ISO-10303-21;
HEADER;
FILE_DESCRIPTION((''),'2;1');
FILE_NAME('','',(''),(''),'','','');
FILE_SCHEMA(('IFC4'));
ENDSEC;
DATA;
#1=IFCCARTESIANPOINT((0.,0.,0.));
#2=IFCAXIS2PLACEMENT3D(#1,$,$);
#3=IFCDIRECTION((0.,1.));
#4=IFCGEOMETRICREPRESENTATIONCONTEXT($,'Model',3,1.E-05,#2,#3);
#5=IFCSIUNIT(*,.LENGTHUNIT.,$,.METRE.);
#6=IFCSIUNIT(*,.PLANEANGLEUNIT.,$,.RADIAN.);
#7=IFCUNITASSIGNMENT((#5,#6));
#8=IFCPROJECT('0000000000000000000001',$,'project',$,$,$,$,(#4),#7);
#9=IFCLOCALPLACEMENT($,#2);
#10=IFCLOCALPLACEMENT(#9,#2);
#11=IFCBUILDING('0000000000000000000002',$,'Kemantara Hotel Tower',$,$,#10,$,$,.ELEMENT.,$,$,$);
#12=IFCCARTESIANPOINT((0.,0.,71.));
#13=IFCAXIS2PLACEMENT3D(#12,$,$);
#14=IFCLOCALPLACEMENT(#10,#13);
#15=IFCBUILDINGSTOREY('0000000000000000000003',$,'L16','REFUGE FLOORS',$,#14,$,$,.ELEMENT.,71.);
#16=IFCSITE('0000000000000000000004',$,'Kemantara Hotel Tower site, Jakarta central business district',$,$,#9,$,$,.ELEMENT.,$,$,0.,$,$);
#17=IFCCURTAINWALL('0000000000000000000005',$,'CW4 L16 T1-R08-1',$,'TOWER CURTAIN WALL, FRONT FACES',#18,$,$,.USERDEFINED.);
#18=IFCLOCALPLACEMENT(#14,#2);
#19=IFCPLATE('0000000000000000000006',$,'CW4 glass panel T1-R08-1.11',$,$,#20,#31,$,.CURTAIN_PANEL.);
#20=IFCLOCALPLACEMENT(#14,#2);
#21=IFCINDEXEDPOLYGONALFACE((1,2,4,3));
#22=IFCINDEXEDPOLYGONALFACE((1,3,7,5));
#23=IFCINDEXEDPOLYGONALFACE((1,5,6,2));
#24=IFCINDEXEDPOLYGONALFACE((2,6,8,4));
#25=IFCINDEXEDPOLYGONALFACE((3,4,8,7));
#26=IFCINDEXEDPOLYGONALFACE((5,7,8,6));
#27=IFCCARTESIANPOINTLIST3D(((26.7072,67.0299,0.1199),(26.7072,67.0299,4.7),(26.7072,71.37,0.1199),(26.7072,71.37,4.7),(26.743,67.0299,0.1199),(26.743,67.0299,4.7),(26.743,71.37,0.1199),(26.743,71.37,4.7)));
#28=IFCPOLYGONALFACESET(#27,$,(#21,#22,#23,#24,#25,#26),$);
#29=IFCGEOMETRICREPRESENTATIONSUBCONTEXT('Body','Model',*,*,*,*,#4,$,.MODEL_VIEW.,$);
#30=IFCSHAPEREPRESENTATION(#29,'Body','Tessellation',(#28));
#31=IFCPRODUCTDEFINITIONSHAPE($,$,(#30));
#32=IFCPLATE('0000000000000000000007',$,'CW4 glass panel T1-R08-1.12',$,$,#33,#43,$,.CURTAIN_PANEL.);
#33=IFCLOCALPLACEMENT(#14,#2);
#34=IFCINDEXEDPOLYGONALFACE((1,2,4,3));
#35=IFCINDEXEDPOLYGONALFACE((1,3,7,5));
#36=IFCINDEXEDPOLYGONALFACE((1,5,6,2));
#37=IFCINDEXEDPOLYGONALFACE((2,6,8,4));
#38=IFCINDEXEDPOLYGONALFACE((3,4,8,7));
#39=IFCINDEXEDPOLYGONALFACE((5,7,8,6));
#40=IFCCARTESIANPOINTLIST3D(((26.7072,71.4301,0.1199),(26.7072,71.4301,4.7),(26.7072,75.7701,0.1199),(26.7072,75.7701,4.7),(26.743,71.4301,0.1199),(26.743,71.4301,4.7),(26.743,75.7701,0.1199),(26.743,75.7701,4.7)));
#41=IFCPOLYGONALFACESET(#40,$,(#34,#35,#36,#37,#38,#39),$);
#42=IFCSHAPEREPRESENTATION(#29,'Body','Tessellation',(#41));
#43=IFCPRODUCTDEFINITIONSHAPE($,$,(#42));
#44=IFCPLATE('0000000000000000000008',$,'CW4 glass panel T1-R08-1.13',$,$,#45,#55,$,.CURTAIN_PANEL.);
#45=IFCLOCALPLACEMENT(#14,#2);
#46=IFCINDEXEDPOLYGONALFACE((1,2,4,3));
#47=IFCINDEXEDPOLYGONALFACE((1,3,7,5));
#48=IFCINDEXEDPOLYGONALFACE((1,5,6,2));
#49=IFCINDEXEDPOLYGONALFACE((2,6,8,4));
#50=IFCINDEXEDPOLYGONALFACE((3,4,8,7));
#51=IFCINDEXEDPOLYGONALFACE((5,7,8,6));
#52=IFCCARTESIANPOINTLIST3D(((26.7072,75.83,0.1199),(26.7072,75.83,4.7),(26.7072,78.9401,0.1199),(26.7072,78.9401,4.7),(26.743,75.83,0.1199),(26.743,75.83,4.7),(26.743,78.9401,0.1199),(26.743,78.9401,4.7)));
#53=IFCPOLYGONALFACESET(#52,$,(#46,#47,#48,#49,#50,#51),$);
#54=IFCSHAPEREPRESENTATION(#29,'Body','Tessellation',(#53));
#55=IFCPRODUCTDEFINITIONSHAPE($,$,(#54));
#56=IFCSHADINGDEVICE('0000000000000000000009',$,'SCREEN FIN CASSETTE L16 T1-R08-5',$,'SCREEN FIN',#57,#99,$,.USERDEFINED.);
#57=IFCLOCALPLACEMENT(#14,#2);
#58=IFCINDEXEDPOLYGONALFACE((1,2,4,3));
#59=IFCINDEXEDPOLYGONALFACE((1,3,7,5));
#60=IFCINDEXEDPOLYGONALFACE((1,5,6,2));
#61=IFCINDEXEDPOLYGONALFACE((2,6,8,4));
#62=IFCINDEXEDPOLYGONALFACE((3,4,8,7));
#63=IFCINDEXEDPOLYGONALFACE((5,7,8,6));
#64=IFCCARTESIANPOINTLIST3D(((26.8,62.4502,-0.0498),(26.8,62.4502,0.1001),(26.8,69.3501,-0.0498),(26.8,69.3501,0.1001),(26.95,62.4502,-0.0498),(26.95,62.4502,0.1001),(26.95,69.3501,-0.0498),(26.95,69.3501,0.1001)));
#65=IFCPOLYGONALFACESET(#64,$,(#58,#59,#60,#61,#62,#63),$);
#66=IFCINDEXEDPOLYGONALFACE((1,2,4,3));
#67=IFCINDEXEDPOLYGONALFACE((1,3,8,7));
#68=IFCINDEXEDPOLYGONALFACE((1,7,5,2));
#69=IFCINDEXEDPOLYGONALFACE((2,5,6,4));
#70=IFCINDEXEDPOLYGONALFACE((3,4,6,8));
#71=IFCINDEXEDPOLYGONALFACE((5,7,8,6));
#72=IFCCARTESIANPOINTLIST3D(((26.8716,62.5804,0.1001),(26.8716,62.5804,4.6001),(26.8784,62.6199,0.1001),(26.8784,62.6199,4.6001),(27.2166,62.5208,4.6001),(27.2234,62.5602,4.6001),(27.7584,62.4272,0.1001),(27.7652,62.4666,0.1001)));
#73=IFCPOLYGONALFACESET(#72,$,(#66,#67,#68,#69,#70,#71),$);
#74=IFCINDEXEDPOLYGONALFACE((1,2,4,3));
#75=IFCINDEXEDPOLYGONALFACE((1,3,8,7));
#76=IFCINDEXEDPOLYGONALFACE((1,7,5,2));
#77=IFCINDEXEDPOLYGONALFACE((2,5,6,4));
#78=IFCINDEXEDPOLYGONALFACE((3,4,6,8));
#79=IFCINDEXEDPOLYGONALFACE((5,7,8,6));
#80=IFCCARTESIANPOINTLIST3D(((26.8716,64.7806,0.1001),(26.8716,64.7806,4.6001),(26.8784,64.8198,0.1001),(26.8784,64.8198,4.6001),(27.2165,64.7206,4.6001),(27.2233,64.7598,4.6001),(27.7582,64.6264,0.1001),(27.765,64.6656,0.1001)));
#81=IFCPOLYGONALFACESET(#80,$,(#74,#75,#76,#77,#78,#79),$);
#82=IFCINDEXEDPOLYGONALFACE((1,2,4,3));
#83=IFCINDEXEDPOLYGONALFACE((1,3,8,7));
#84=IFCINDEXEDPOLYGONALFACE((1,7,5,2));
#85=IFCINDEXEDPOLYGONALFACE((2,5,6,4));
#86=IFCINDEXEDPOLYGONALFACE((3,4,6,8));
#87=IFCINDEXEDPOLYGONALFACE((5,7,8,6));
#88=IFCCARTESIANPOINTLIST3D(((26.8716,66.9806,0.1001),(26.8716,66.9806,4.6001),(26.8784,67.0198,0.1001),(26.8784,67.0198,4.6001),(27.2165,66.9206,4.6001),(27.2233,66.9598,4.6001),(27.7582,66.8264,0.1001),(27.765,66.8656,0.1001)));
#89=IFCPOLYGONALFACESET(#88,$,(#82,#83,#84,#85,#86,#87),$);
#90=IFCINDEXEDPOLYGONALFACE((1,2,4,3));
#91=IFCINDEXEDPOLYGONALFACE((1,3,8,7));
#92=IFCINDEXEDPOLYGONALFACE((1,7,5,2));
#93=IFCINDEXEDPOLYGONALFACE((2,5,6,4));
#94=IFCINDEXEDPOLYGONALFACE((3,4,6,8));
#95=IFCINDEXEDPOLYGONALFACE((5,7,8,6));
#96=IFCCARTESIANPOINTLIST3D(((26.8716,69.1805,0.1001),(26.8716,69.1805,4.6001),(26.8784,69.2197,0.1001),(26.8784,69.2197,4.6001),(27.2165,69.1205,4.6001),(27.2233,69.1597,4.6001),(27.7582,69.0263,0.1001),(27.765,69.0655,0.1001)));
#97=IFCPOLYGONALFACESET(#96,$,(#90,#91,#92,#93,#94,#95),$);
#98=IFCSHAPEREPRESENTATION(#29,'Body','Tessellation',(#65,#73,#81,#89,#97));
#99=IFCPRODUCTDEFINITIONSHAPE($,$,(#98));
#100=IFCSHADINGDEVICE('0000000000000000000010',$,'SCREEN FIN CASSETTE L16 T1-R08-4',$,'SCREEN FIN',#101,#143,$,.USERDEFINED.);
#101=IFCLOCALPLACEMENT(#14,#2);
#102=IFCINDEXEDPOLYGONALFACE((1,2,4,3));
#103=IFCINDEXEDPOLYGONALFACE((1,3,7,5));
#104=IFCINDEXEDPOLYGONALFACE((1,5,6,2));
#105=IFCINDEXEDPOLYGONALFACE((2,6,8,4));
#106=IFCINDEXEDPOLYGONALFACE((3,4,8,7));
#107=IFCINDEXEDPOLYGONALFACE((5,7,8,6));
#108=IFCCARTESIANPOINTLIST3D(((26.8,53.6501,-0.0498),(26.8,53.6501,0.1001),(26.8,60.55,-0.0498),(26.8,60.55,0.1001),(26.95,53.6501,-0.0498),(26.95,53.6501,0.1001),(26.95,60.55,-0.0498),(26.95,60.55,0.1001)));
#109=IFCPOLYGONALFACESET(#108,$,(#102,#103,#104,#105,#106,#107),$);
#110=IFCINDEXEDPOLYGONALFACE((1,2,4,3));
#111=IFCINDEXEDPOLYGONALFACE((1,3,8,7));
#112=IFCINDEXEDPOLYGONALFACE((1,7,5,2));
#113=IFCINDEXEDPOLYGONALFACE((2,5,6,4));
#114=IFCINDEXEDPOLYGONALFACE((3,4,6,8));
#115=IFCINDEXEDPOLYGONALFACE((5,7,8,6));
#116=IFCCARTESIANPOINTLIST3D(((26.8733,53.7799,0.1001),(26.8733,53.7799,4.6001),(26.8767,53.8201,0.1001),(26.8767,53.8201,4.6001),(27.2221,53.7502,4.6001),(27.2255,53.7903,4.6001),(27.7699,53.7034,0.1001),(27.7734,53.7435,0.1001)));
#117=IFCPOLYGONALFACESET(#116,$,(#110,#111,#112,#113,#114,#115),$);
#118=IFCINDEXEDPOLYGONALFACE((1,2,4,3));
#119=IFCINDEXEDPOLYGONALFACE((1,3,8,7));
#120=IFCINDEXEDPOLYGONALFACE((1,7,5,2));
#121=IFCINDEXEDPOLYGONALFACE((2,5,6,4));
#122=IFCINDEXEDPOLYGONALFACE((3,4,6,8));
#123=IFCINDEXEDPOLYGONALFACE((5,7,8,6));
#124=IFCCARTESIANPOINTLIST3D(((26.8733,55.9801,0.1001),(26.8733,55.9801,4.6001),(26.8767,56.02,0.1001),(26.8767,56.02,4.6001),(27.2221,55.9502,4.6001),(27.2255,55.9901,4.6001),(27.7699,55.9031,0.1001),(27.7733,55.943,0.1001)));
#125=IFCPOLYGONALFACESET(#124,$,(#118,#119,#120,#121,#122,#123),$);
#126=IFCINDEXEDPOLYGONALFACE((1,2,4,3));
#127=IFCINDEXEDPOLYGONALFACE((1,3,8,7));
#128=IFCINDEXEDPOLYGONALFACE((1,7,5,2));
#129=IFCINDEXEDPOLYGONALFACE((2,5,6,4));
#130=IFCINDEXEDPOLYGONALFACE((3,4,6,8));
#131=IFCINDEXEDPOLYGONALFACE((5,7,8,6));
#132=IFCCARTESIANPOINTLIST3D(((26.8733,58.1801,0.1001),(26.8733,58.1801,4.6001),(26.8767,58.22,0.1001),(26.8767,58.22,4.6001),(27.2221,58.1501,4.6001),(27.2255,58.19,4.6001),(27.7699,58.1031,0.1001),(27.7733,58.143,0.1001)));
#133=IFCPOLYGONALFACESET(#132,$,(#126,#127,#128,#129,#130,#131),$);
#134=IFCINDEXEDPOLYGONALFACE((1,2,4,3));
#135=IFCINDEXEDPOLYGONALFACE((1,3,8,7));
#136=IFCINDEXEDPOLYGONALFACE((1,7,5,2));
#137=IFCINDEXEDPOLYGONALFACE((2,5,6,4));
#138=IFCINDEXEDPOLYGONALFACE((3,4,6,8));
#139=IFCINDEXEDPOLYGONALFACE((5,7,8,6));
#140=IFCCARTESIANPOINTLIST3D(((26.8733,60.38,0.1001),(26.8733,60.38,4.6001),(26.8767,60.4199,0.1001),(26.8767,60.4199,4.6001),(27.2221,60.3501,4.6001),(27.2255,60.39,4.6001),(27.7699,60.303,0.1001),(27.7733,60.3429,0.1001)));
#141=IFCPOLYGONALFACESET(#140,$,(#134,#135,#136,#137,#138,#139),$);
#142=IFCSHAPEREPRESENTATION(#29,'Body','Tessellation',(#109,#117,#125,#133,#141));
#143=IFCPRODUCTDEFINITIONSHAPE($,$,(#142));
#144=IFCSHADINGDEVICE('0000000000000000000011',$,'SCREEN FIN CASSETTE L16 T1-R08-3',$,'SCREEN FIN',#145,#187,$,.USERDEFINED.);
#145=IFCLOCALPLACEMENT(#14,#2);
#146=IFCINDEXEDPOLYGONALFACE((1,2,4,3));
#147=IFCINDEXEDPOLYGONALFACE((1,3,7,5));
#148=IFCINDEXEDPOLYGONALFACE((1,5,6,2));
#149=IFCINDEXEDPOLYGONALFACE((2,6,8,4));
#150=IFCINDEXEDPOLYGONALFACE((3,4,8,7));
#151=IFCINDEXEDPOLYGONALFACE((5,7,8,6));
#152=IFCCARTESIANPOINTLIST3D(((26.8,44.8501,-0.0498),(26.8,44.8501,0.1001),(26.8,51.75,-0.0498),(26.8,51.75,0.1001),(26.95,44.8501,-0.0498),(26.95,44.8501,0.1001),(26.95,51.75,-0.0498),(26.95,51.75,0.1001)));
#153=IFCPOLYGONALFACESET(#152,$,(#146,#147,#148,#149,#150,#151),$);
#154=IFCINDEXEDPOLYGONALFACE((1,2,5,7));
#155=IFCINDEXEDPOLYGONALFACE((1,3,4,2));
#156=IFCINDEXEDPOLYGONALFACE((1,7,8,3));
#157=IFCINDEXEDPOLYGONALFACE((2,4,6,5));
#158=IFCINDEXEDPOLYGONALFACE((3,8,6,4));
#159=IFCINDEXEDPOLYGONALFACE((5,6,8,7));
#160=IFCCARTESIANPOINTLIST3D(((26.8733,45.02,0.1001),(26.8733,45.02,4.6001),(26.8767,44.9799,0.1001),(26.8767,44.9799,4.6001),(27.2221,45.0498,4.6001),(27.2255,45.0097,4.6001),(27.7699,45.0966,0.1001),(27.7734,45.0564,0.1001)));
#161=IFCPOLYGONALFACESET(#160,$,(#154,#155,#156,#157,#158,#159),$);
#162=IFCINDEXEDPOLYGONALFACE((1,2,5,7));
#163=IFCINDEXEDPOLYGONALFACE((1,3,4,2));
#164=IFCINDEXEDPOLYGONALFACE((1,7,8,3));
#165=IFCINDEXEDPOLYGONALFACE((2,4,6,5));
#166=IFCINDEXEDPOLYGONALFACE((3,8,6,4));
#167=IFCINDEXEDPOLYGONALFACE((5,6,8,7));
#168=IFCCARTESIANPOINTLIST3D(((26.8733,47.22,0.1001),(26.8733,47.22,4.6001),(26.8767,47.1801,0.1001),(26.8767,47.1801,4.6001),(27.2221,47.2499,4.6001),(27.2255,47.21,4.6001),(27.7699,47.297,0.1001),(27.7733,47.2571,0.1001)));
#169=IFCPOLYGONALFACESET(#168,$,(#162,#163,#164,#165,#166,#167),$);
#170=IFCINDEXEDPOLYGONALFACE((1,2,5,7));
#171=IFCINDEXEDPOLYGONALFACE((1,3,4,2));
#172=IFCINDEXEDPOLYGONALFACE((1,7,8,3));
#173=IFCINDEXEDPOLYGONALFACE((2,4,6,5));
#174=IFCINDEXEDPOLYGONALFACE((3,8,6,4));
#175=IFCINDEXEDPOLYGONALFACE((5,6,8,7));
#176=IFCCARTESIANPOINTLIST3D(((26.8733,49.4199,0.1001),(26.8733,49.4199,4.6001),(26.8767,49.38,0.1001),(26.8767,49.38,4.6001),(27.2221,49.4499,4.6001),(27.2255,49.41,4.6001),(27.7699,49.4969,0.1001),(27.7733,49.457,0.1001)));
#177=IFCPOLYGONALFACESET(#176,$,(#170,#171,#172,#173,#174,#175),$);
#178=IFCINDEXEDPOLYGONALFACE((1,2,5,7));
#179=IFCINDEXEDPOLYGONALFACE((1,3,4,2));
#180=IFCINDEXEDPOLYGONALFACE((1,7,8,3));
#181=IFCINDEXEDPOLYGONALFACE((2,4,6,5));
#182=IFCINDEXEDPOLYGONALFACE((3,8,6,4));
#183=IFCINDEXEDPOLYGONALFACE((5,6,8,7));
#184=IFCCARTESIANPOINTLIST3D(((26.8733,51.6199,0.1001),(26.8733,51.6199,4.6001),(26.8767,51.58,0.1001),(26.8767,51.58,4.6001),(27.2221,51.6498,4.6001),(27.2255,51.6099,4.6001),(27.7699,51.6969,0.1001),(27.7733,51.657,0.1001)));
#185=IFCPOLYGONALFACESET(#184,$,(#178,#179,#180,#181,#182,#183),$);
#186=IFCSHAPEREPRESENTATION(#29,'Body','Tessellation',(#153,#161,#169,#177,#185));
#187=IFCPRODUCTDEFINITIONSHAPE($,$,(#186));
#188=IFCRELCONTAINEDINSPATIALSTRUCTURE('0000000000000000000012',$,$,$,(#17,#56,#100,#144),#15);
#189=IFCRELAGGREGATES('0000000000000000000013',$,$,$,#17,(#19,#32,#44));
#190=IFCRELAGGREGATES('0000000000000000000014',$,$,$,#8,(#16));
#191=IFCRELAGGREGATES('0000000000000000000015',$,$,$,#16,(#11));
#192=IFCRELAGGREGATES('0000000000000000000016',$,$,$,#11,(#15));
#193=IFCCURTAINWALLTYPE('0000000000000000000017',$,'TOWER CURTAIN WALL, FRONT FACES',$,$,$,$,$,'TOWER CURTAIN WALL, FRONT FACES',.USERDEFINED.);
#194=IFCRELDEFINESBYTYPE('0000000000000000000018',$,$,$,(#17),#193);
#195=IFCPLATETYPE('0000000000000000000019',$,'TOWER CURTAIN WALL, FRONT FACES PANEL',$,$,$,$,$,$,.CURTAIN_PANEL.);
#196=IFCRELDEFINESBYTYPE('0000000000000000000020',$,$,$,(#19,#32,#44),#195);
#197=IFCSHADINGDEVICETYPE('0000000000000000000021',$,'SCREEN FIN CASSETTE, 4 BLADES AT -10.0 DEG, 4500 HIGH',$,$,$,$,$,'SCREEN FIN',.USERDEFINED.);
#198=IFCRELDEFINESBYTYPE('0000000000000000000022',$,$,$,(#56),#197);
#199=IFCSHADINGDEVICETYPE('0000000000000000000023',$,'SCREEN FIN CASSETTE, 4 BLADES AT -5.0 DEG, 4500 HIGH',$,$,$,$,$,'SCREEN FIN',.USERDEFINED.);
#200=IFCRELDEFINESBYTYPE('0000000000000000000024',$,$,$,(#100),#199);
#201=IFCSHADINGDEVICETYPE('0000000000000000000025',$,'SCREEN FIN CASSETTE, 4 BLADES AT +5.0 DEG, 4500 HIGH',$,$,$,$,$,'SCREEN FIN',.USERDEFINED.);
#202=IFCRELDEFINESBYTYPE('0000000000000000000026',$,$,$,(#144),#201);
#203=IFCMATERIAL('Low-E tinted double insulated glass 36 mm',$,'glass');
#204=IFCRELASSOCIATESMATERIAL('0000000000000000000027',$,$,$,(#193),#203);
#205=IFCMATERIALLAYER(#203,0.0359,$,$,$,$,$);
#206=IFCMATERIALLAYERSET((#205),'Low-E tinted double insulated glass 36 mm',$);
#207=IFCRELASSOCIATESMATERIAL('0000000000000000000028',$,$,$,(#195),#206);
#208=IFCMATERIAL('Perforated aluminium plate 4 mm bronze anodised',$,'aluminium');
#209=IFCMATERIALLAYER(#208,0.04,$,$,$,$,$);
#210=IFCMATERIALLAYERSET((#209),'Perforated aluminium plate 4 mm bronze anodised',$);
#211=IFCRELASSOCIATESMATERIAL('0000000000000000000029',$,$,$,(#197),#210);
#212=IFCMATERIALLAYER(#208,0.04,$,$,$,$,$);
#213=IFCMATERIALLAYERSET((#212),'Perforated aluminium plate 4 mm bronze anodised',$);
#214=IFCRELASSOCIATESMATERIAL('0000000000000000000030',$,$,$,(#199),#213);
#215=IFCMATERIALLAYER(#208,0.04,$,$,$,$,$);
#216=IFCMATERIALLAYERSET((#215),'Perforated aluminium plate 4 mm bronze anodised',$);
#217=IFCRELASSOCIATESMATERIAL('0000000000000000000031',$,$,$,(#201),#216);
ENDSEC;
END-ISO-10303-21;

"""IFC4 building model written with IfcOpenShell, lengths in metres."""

from ifc_helpers import new_model, si_unit, direction, frame, origin, origin_2d, place, context, subcontext, project, spatial, polyline, rectangle, outline, extrude, source, transform, mapped, material, layer, layer_set, type_object, element, aggregate, save


model = new_model("IFC4")

# Units and contexts
model_context = context("Model", 3, precision=1e-05, world=origin(), true_north=direction((0.0, 1.0)))
body_context = subcontext(model_context, "Body", "Model", "MODEL_VIEW")
ifc_project = project(units=[si_unit("LENGTHUNIT", "METRE"), si_unit("PLANEANGLEUNIT", "RADIAN")], contexts=[model_context])

# Site, building, storey
site_placement = place(None, origin())
site = spatial("IfcSite", under=ifc_project, at=site_placement, Name="Kemantara Hotel Tower site, Jakarta central business district", CompositionType="ELEMENT", RefElevation=0.0)
building_placement = place(site_placement, origin())
building = spatial("IfcBuilding", under=site, at=building_placement, Name="Kemantara Hotel Tower", CompositionType="ELEMENT")
storey_placement = place(building_placement, frame((0.0, 0.0, 71.0)))
storey = spatial("IfcBuildingStorey", under=building, at=storey_placement, Name="L16", Description="REFUGE FLOORS", CompositionType="ELEMENT", Elevation=71.0)

# Curtain wall, plates
ifc_material_1 = material(Name="Low-E tinted double insulated glass 36 mm", Category="glass")
curtain_wall_type = type_object("IfcCurtainWallType", Name="TOWER CURTAIN WALL, FRONT FACES", ElementType="TOWER CURTAIN WALL, FRONT FACES", PredefinedType="USERDEFINED", material=ifc_material_1)
curtain_wall_placement = place(storey_placement, origin())
curtain_wall = element("IfcCurtainWall", 1, at=curtain_wall_placement, inside=storey, type_object=curtain_wall_type, Name="CW4 L16 T1-R08-1", ObjectType="TOWER CURTAIN WALL, FRONT FACES", PredefinedType="USERDEFINED")
ifc_layer_1 = layer(ifc_material_1, 0.0359)
ifc_layer_set_1 = layer_set([ifc_layer_1], Name="Low-E tinted double insulated glass 36 mm")
plate_type = type_object("IfcPlateType", Name="TOWER CURTAIN WALL, FRONT FACES PANEL", PredefinedType="CURTAIN_PANEL", material=ifc_layer_set_1)
shared_shape_1 = source(origin(), body_context, "Body", "SweptSolid", [
    extrude(rectangle(XDim=4.3401, YDim=0.0359, at=origin_2d()), origin(), (0.0, 0.0, 1.0), 4.5801),
])
plate_1_placement = place(storey_placement, frame((26.7251, 69.2, 0.1199), z_axis=(0.0, 0.0, 1.0), x_axis=(0.0, 1.0, 0.0)))
plate_1 = element("IfcPlate", 2, at=plate_1_placement, type_object=plate_type, Name="CW4 glass panel T1-R08-1.11", PredefinedType="CURTAIN_PANEL", context=body_context, shape_type="MappedRepresentation", body=[
    mapped(shared_shape_1, transform((0.0, 0.0, 0.0))),
])
plate_2_placement = place(storey_placement, frame((26.7251, 73.6001, 0.1199), z_axis=(0.0, 0.0, 1.0), x_axis=(0.0, 1.0, 0.0)))
plate_2 = element("IfcPlate", 3, at=plate_2_placement, type_object=plate_type, Name="CW4 glass panel T1-R08-1.12", PredefinedType="CURTAIN_PANEL", context=body_context, shape_type="MappedRepresentation", body=[
    mapped(shared_shape_1, transform((0.0, 0.0, 0.0))),
])
shared_shape_2 = source(origin(), body_context, "Body", "SweptSolid", [
    extrude(rectangle(XDim=3.1101, YDim=0.0359, at=origin_2d()), origin(), (0.0, 0.0, 1.0), 4.5801),
])
plate_3_placement = place(storey_placement, frame((26.7251, 77.385, 0.1199), z_axis=(0.0, 0.0, 1.0), x_axis=(0.0, 1.0, 0.0)))
plate_3 = element("IfcPlate", 4, at=plate_3_placement, type_object=plate_type, Name="CW4 glass panel T1-R08-1.13", PredefinedType="CURTAIN_PANEL", context=body_context, shape_type="MappedRepresentation", body=[
    mapped(shared_shape_2, transform((0.0, 0.0, 0.0))),
])
aggregate(curtain_wall, [plate_1, plate_2, plate_3])

# Shading devices
ifc_material_2 = material(Name="Perforated aluminium plate 4 mm bronze anodised", Category="aluminium")
ifc_layer_2 = layer(ifc_material_2, 0.04)
ifc_layer_set_2 = layer_set([ifc_layer_2], Name="Perforated aluminium plate 4 mm bronze anodised")
shading_device_type_1 = type_object("IfcShadingDeviceType", Name="SCREEN FIN CASSETTE, 4 BLADES AT -10.0 DEG, 4500 HIGH", ElementType="SCREEN FIN", PredefinedType="USERDEFINED", material=ifc_layer_set_2)
shared_shape_3 = source(origin(), body_context, "Body", "SweptSolid", [
    extrude(rectangle(XDim=6.8999, YDim=0.1499, at=origin_2d()), frame((3.3, -0.075, -0.1499), z_axis=(0.0, 0.0, 1.0), x_axis=(1.0, 0.0, 0.0)), (0.0, 0.0, 1.0), 0.1499),
    extrude(outline(polyline([(0.0, 0.0), (0.8999, 0.0), (0.3501, 4.5), (0.0, 4.5), (0.0, 0.0)])), frame((0.0198, -0.0784, 0.0), z_axis=(-0.98539, 0.170314, 0.0), x_axis=(-0.170314, -0.98539, 0.0)), (0.0, 0.0, 1.0), 0.04),
    extrude(outline(polyline([(0.0, 0.0), (0.8999, 0.0), (0.3501, 4.5), (0.0, 4.5), (0.0, 0.0)])), frame((2.2197, -0.0784, 0.0), z_axis=(-0.985212, 0.171341, 0.0), x_axis=(-0.171341, -0.985212, 0.0)), (0.0, 0.0, 1.0), 0.0398),
    extrude(outline(polyline([(0.0, 0.0), (0.8999, 0.0), (0.3501, 4.5), (0.0, 4.5), (0.0, 0.0)])), frame((4.4197, -0.0784, 0.0), z_axis=(-0.985212, 0.171341, 0.0), x_axis=(-0.171341, -0.985212, 0.0)), (0.0, 0.0, 1.0), 0.0398),
    extrude(outline(polyline([(0.0, 0.0), (0.8999, 0.0), (0.3501, 4.5), (0.0, 4.5), (0.0, 0.0)])), frame((6.6196, -0.0784, 0.0), z_axis=(-0.985212, 0.171341, 0.0), x_axis=(-0.171341, -0.985212, 0.0)), (0.0, 0.0, 1.0), 0.0398),
])
shading_device_1_placement = place(storey_placement, frame((26.8, 62.6001, 0.1001), z_axis=(0.0, 0.0, 1.0), x_axis=(0.0, 1.0, 0.0)))
element("IfcShadingDevice", 5, at=shading_device_1_placement, inside=storey, type_object=shading_device_type_1, Name="SCREEN FIN CASSETTE L16 T1-R08-5", ObjectType="SCREEN FIN", PredefinedType="USERDEFINED", context=body_context, shape_type="MappedRepresentation", body=[
    mapped(shared_shape_3, transform((0.0, 0.0, 0.0))),
])
ifc_layer_3 = layer(ifc_material_2, 0.04)
ifc_layer_set_3 = layer_set([ifc_layer_3], Name="Perforated aluminium plate 4 mm bronze anodised")
shading_device_type_2 = type_object("IfcShadingDeviceType", Name="SCREEN FIN CASSETTE, 4 BLADES AT -5.0 DEG, 4500 HIGH", ElementType="SCREEN FIN", PredefinedType="USERDEFINED", material=ifc_layer_set_3)
shared_shape_4 = source(origin(), body_context, "Body", "SweptSolid", [
    extrude(rectangle(XDim=6.8999, YDim=0.1499, at=origin_2d()), frame((3.3, -0.075, -0.1499), z_axis=(0.0, 0.0, 1.0), x_axis=(1.0, 0.0, 0.0)), (0.0, 0.0, 1.0), 0.1499),
    extrude(outline(polyline([(0.0, 0.0), (0.8999, 0.0), (0.3501, 4.5), (0.0, 4.5), (0.0, 0.0)])), frame((0.02, -0.0767, 0.0), z_axis=(-0.996376, 0.085056, 0.0), x_axis=(-0.085056, -0.996376, 0.0)), (0.0, 0.0, 1.0), 0.0403),
    extrude(outline(polyline([(0.0, 0.0), (0.8999, 0.0), (0.3501, 4.5), (0.0, 4.5), (0.0, 0.0)])), frame((2.22, -0.0767, 0.0), z_axis=(-0.996332, 0.085575, 0.0), x_axis=(-0.085575, -0.996332, 0.0)), (0.0, 0.0, 1.0), 0.04),
    extrude(outline(polyline([(0.0, 0.0), (0.8999, 0.0), (0.3501, 4.5), (0.0, 4.5), (0.0, 0.0)])), frame((4.4199, -0.0767, 0.0), z_axis=(-0.996332, 0.085575, 0.0), x_axis=(-0.085575, -0.996332, 0.0)), (0.0, 0.0, 1.0), 0.04),
    extrude(outline(polyline([(0.0, 0.0), (0.8999, 0.0), (0.3501, 4.5), (0.0, 4.5), (0.0, 0.0)])), frame((6.6199, -0.0767, 0.0), z_axis=(-0.996332, 0.085575, 0.0), x_axis=(-0.085575, -0.996332, 0.0)), (0.0, 0.0, 1.0), 0.04),
])
shading_device_2_placement = place(storey_placement, frame((26.8, 53.8, 0.1001), z_axis=(0.0, 0.0, 1.0), x_axis=(0.0, 1.0, 0.0)))
element("IfcShadingDevice", 6, at=shading_device_2_placement, inside=storey, type_object=shading_device_type_2, Name="SCREEN FIN CASSETTE L16 T1-R08-4", ObjectType="SCREEN FIN", PredefinedType="USERDEFINED", context=body_context, shape_type="MappedRepresentation", body=[
    mapped(shared_shape_4, transform((0.0, 0.0, 0.0))),
])
ifc_layer_4 = layer(ifc_material_2, 0.04)
ifc_layer_set_4 = layer_set([ifc_layer_4], Name="Perforated aluminium plate 4 mm bronze anodised")
shading_device_type_3 = type_object("IfcShadingDeviceType", Name="SCREEN FIN CASSETTE, 4 BLADES AT +5.0 DEG, 4500 HIGH", ElementType="SCREEN FIN", PredefinedType="USERDEFINED", material=ifc_layer_set_4)
shared_shape_5 = source(origin(), body_context, "Body", "SweptSolid", [
    extrude(rectangle(XDim=6.8999, YDim=0.1499, at=origin_2d()), frame((3.3, -0.075, -0.1499), z_axis=(0.0, 0.0, 1.0), x_axis=(1.0, 0.0, 0.0)), (0.0, 0.0, 1.0), 0.1499),
    extrude(outline(polyline([(0.0, 0.0), (0.8999, 0.0), (0.3501, 4.5), (0.0, 4.5), (0.0, 0.0)])), frame((0.02, -0.0732, 0.0), z_axis=(-0.996376, -0.085056, 0.0), x_axis=(0.085056, -0.996376, 0.0)), (0.0, 0.0, 1.0), 0.0403),
    extrude(outline(polyline([(0.0, 0.0), (0.8999, 0.0), (0.3501, 4.5), (0.0, 4.5), (0.0, 0.0)])), frame((2.22, -0.0732, 0.0), z_axis=(-0.996332, -0.085575, 0.0), x_axis=(0.085575, -0.996332, 0.0)), (0.0, 0.0, 1.0), 0.04),
    extrude(outline(polyline([(0.0, 0.0), (0.8999, 0.0), (0.3501, 4.5), (0.0, 4.5), (0.0, 0.0)])), frame((4.4199, -0.0732, 0.0), z_axis=(-0.996332, -0.085575, 0.0), x_axis=(0.085575, -0.996332, 0.0)), (0.0, 0.0, 1.0), 0.04),
    extrude(outline(polyline([(0.0, 0.0), (0.8999, 0.0), (0.3501, 4.5), (0.0, 4.5), (0.0, 0.0)])), frame((6.6199, -0.0732, 0.0), z_axis=(-0.996332, -0.085575, 0.0), x_axis=(0.085575, -0.996332, 0.0)), (0.0, 0.0, 1.0), 0.04),
])
shading_device_3_placement = place(storey_placement, frame((26.8, 45.0, 0.1001), z_axis=(0.0, 0.0, 1.0), x_axis=(0.0, 1.0, 0.0)))
element("IfcShadingDevice", 7, at=shading_device_3_placement, inside=storey, type_object=shading_device_type_3, Name="SCREEN FIN CASSETTE L16 T1-R08-3", ObjectType="SCREEN FIN", PredefinedType="USERDEFINED", context=body_context, shape_type="MappedRepresentation", body=[
    mapped(shared_shape_5, transform((0.0, 0.0, 0.0))),
])

save(model, "model.ifc")
